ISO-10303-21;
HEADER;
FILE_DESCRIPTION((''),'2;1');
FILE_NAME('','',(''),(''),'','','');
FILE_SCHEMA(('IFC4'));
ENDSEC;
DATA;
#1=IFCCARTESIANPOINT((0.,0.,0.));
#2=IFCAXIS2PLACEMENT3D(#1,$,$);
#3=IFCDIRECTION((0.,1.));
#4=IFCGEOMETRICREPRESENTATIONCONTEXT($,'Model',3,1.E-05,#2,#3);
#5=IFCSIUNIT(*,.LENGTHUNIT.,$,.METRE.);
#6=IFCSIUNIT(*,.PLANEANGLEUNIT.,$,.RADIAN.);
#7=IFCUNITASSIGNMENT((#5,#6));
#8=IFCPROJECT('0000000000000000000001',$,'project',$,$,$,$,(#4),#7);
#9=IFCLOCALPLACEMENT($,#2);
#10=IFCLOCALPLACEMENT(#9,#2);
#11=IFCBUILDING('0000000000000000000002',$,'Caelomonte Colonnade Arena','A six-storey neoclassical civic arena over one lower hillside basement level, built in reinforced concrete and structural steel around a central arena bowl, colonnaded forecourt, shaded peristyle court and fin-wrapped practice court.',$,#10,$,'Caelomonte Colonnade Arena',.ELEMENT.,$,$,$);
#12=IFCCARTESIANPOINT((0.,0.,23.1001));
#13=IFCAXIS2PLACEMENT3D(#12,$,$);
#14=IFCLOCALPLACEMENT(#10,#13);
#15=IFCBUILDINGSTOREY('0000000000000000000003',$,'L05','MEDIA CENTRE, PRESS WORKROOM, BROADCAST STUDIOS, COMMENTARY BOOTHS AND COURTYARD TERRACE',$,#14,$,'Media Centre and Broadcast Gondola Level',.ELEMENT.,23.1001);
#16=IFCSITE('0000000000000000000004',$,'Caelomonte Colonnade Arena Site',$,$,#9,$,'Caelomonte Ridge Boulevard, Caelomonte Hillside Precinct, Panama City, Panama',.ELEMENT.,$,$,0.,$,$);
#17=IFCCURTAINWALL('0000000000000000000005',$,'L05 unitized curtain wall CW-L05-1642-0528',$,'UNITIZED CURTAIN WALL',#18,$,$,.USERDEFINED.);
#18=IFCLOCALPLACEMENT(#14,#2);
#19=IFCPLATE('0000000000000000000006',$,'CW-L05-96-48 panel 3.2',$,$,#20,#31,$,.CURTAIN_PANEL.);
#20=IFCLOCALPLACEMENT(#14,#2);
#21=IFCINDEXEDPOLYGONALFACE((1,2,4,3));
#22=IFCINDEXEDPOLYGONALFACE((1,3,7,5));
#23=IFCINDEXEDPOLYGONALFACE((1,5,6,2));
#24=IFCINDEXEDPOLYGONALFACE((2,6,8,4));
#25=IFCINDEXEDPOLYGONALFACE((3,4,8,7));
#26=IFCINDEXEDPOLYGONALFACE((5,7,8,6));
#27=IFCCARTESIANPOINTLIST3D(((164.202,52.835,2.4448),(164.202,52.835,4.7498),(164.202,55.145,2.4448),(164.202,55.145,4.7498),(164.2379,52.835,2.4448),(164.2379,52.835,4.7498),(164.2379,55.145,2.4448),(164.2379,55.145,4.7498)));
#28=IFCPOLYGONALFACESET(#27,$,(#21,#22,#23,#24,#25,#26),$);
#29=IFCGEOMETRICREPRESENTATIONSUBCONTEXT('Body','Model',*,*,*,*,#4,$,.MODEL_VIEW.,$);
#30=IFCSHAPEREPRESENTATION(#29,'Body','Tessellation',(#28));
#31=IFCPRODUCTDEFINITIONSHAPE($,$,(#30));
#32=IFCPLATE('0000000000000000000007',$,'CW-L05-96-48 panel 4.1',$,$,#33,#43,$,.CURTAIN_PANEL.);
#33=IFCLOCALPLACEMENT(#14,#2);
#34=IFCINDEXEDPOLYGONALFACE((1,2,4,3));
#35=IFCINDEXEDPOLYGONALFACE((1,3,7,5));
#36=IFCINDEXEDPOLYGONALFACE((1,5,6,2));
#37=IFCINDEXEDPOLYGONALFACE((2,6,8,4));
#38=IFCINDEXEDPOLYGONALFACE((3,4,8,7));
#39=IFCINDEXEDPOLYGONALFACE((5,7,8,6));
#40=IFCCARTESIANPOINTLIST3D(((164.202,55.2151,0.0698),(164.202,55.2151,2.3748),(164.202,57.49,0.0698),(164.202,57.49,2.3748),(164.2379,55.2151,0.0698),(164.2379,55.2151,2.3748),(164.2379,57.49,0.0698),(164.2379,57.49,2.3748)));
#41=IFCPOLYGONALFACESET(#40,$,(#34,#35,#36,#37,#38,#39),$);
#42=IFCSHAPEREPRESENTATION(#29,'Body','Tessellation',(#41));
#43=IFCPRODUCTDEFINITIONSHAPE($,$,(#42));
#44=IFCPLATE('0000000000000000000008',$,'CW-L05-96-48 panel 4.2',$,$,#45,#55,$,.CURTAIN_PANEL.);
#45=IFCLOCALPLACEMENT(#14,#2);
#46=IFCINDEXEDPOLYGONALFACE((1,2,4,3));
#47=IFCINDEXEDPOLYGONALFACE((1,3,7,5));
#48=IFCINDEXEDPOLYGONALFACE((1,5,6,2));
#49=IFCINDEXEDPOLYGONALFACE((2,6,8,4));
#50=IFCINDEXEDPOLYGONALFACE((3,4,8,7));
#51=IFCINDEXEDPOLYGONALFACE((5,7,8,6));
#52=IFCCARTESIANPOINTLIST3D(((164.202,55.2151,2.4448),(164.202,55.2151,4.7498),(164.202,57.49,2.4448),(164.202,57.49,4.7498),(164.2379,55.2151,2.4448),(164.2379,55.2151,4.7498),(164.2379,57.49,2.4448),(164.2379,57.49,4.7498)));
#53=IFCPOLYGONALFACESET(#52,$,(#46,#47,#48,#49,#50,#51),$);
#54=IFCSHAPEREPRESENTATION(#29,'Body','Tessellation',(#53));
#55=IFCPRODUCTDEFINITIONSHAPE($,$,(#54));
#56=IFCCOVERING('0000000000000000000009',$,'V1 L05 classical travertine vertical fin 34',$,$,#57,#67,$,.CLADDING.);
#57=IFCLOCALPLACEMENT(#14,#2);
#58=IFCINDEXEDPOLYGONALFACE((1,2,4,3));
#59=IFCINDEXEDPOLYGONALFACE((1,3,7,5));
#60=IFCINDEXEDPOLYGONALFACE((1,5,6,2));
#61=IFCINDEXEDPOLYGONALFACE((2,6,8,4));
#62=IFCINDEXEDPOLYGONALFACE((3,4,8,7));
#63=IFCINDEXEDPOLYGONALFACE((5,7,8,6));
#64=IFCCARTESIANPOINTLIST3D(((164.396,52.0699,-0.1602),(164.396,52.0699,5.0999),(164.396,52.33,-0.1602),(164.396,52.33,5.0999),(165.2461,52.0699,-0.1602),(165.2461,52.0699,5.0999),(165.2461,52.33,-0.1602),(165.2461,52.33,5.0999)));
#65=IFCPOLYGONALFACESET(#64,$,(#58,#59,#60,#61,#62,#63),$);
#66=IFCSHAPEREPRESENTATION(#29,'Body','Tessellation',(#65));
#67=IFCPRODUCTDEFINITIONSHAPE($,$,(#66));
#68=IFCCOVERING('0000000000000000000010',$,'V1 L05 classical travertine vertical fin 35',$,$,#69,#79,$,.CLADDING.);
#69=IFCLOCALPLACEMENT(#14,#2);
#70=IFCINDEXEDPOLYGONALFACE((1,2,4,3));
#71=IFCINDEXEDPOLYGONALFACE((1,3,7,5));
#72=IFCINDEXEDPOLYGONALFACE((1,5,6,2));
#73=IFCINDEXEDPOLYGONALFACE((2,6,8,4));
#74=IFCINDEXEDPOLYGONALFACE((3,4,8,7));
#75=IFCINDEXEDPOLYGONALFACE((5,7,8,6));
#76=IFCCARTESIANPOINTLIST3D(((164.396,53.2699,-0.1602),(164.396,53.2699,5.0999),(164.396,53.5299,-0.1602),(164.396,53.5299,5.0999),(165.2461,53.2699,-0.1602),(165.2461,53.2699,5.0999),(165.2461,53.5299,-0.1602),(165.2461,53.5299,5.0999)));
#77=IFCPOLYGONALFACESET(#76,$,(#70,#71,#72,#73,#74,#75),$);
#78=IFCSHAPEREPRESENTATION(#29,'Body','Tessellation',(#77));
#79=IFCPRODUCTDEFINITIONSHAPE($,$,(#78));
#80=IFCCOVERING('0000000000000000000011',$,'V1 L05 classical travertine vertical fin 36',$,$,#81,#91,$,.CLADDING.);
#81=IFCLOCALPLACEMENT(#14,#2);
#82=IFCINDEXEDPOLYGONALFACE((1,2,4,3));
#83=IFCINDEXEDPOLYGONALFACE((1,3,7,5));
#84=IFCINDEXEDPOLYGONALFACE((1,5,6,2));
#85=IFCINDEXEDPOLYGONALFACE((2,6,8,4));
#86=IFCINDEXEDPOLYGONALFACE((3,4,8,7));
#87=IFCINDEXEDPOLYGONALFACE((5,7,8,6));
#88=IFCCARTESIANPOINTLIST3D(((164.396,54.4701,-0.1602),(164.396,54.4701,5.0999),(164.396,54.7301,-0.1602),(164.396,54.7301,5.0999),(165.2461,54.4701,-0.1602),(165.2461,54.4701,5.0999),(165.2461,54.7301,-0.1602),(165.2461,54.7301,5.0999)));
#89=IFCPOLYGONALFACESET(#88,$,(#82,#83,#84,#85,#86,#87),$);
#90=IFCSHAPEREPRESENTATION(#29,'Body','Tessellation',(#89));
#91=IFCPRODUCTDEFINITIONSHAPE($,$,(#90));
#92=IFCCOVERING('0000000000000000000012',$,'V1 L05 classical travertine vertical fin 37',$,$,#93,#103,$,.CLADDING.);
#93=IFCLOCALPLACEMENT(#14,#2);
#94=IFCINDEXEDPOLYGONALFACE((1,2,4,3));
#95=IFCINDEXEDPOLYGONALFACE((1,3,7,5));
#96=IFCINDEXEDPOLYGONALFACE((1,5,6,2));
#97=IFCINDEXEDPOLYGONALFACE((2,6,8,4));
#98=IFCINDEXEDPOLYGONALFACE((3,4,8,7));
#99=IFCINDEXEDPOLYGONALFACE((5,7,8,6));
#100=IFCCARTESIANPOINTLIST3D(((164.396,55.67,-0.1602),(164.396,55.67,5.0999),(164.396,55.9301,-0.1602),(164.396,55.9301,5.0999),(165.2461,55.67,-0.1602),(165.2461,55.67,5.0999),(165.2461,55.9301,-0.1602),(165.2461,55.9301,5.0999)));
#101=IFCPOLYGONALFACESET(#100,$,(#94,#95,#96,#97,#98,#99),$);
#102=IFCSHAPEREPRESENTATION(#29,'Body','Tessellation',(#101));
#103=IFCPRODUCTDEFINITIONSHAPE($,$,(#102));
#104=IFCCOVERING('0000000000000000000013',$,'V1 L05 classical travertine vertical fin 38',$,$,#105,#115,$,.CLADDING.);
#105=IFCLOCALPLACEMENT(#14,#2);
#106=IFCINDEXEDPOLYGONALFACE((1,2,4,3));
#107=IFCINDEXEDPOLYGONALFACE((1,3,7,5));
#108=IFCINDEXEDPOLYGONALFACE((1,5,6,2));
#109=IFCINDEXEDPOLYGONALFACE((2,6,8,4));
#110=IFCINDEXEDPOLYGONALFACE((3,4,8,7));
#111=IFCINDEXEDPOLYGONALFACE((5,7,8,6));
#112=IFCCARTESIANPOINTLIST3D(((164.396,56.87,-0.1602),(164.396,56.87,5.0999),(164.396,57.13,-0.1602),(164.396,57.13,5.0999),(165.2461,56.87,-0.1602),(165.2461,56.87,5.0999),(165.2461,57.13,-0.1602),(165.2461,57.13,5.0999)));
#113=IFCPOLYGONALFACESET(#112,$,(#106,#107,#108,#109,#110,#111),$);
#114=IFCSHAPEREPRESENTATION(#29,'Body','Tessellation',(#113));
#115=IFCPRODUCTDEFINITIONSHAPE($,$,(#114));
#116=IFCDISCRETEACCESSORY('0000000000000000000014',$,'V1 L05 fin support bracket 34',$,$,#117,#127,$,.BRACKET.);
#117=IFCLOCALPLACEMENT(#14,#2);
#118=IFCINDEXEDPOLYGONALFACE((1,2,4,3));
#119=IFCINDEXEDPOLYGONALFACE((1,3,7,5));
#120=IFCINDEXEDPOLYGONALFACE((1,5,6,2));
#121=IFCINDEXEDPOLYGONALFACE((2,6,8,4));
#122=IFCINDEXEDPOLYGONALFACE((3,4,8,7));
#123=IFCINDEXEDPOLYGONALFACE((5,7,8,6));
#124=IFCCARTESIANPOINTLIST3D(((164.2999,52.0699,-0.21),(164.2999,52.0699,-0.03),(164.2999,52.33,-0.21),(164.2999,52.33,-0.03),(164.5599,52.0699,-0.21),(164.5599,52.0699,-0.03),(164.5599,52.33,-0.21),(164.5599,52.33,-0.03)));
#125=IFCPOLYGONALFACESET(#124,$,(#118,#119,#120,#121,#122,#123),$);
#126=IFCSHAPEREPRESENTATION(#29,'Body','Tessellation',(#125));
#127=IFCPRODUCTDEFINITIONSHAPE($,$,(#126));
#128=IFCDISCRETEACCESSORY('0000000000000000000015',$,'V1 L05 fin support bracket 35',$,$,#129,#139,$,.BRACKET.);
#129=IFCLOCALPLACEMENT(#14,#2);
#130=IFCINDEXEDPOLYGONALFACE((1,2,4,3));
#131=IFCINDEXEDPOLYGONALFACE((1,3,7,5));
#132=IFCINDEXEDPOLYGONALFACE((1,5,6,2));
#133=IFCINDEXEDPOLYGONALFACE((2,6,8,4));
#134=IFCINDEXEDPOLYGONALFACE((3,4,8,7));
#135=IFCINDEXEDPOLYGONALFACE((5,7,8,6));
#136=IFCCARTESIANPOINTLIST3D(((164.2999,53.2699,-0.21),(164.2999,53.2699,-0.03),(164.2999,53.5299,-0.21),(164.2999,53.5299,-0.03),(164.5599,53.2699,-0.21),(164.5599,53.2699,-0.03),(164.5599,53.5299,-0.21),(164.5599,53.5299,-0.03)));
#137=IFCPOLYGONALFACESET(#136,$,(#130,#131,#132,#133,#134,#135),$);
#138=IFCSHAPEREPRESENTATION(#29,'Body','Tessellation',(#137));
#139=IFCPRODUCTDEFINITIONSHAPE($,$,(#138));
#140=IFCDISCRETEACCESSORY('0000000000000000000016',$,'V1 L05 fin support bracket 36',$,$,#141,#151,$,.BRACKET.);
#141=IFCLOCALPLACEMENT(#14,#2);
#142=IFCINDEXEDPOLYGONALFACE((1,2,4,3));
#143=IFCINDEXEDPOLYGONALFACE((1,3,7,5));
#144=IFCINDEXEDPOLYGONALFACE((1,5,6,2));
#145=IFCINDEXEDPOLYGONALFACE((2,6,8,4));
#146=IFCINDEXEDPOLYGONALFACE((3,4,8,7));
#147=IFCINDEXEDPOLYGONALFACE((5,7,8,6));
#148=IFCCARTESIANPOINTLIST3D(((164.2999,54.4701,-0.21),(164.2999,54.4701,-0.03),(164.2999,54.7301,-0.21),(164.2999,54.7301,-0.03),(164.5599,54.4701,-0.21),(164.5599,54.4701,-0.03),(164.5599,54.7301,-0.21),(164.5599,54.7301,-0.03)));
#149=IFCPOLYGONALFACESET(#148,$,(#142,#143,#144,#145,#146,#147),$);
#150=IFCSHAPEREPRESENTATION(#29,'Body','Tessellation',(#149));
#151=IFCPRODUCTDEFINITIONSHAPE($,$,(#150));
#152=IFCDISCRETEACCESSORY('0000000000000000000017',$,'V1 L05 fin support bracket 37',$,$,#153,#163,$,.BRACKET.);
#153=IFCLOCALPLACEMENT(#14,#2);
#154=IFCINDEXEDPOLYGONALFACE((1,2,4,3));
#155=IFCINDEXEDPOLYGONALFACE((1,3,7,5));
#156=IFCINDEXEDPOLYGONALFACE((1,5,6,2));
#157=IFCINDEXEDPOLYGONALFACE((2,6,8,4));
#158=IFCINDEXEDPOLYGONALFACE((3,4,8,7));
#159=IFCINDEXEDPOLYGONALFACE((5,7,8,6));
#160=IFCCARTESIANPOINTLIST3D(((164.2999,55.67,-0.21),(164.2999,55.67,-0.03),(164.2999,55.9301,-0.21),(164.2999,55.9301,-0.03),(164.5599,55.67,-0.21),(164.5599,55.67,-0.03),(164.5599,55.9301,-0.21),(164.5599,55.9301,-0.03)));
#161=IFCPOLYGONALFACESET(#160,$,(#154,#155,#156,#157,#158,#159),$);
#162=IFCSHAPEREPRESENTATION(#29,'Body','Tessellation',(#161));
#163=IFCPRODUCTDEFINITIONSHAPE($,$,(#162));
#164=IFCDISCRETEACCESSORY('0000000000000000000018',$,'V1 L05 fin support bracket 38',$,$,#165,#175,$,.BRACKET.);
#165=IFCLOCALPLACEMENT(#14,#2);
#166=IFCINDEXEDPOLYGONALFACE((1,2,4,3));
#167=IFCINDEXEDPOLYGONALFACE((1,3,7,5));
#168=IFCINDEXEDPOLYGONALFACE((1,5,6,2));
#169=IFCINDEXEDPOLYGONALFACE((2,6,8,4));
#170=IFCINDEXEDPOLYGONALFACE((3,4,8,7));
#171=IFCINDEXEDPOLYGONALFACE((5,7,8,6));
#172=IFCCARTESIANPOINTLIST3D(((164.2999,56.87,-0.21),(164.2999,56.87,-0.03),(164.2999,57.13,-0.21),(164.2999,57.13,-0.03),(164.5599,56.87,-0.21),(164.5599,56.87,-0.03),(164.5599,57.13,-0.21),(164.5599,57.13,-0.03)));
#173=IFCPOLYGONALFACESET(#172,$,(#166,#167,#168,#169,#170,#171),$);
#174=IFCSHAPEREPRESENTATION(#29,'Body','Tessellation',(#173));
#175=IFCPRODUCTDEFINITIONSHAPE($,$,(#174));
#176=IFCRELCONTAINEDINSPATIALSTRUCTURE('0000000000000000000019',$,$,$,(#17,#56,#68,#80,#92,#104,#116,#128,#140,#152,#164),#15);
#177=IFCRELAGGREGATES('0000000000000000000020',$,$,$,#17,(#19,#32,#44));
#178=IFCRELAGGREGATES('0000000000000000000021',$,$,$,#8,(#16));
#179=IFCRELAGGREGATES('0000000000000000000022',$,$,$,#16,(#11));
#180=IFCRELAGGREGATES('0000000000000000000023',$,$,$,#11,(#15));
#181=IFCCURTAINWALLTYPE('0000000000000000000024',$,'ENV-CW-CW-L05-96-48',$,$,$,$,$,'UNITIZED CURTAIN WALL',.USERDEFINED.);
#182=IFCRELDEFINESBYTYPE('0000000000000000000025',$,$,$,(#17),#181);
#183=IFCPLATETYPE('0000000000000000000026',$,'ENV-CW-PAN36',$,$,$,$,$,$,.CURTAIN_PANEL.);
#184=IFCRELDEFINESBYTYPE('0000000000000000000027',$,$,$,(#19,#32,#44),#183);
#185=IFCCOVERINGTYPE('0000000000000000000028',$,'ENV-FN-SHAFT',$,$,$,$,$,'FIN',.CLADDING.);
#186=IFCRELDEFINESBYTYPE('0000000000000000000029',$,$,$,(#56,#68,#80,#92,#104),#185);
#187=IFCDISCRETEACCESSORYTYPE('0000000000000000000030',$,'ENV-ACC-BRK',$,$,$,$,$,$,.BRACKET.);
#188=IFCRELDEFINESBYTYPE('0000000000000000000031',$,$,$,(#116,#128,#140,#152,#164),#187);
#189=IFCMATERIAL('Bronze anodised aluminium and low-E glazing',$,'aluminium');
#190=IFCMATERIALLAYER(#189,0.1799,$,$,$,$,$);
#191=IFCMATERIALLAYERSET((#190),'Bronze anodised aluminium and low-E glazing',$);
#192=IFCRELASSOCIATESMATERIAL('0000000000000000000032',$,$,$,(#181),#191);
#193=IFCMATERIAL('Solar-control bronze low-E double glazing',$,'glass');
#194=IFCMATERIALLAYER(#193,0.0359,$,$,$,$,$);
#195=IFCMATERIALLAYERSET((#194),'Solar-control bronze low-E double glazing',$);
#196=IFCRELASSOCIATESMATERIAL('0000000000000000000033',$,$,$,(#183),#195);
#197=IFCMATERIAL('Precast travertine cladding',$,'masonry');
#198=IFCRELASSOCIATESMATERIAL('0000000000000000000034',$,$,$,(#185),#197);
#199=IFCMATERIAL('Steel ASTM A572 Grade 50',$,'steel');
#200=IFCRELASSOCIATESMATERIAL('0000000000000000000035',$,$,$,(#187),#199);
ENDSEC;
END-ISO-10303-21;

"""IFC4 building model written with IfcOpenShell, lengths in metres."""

from ifc_helpers import new_model, si_unit, direction, frame, origin, origin_2d, place, context, subcontext, project, spatial, rectangle, extrude, material, layer, layer_set, material_profile, profile_set, type_object, element, aggregate, save


model = new_model("IFC4")

# Units and contexts
model_context = context("Model", 3, precision=1e-05, world=origin(), true_north=direction((0.0, 1.0)))
body_context = subcontext(model_context, "Body", "Model", "MODEL_VIEW")
ifc_project = project(units=[si_unit("LENGTHUNIT", "METRE"), si_unit("PLANEANGLEUNIT", "RADIAN")], contexts=[model_context])

# Site, building, storey
site_placement = place(None, origin())
site = spatial("IfcSite", under=ifc_project, at=site_placement, Name="Caelomonte Colonnade Arena Site", LongName="Caelomonte Ridge Boulevard, Caelomonte Hillside Precinct, Panama City, Panama", CompositionType="ELEMENT", RefElevation=0.0)
building_placement = place(site_placement, origin())
building = spatial("IfcBuilding", under=site, at=building_placement, Name="Caelomonte Colonnade Arena", Description="A six-storey neoclassical civic arena over one lower hillside basement level, built in reinforced concrete and structural steel around a central arena bowl, colonnaded forecourt, shaded peristyle court and fin-wrapped practice court.", LongName="Caelomonte Colonnade Arena", CompositionType="ELEMENT")
storey_placement = place(building_placement, frame((0.0, 0.0, 23.1001)))
storey = spatial("IfcBuildingStorey", under=building, at=storey_placement, Name="L05", Description="MEDIA CENTRE, PRESS WORKROOM, BROADCAST STUDIOS, COMMENTARY BOOTHS AND COURTYARD TERRACE", LongName="Media Centre and Broadcast Gondola Level", CompositionType="ELEMENT", Elevation=23.1001)

# Curtain wall
ifc_material_1 = material(Name="Bronze anodised aluminium and low-E glazing", Category="aluminium")
ifc_layer_1 = layer(ifc_material_1, 0.1799)
ifc_layer_set_1 = layer_set([ifc_layer_1], Name="Bronze anodised aluminium and low-E glazing")
curtain_wall_type = type_object("IfcCurtainWallType", Name="ENV-CW-CW-L05-96-48", ElementType="UNITIZED CURTAIN WALL", PredefinedType="USERDEFINED", material=ifc_layer_set_1)
curtain_wall_1_placement = place(storey_placement, origin())
curtain_wall_1 = element("IfcCurtainWall", 1, at=curtain_wall_1_placement, inside=storey, type_object=curtain_wall_type, Name="L05 unitized curtain wall CW-L05-1642-0528", ObjectType="UNITIZED CURTAIN WALL", PredefinedType="USERDEFINED")

# Plates
ifc_material_2 = material(Name="Solar-control bronze low-E double glazing", Category="glass")
ifc_layer_2 = layer(ifc_material_2, 0.0359)
ifc_layer_set_2 = layer_set([ifc_layer_2], Name="Solar-control bronze low-E double glazing")
plate_type = type_object("IfcPlateType", Name="ENV-CW-PAN36", PredefinedType="CURTAIN_PANEL", material=ifc_layer_set_2)
plate_1_placement = place(storey_placement, frame((164.22, 53.99, 2.4448), z_axis=(0.0, 0.0, 1.0), x_axis=(0.0, 1.0, 0.0)))
plate_1 = element("IfcPlate", 2, at=plate_1_placement, type_object=plate_type, Name="CW-L05-96-48 panel 3.2", PredefinedType="CURTAIN_PANEL", context=body_context, shape_type="SweptSolid", body=[
    extrude(rectangle(XDim=2.3101, YDim=0.0359, at=origin_2d()), origin(), (0.0, 0.0, 1.0), 2.3049),
])
plate_2_placement = place(storey_placement, frame((164.22, 56.3525, 0.0698), z_axis=(0.0, 0.0, 1.0), x_axis=(0.0, 1.0, 0.0)))
plate_2 = element("IfcPlate", 3, at=plate_2_placement, type_object=plate_type, Name="CW-L05-96-48 panel 4.1", PredefinedType="CURTAIN_PANEL", context=body_context, shape_type="SweptSolid", body=[
    extrude(rectangle(XDim=2.2749, YDim=0.0359, at=origin_2d()), origin(), (0.0, 0.0, 1.0), 2.3049),
])
plate_3_placement = place(storey_placement, frame((164.22, 56.3525, 2.4448), z_axis=(0.0, 0.0, 1.0), x_axis=(0.0, 1.0, 0.0)))
plate_3 = element("IfcPlate", 4, at=plate_3_placement, type_object=plate_type, Name="CW-L05-96-48 panel 4.2", PredefinedType="CURTAIN_PANEL", context=body_context, shape_type="SweptSolid", body=[
    extrude(rectangle(XDim=2.2749, YDim=0.0359, at=origin_2d()), origin(), (0.0, 0.0, 1.0), 2.3049),
])
aggregate(curtain_wall_1, [plate_1, plate_2, plate_3])

# Coverings
ifc_material_3 = material(Name="Precast travertine cladding", Category="masonry")
ifc_material_profile_1 = material_profile(ifc_material_3, rectangle(XDim=0.26, YDim=0.8501, at=origin_2d()), Name="FIN260X850")
ifc_profile_set_1 = profile_set([ifc_material_profile_1], Name="Precast travertine cladding")
covering_type = type_object("IfcCoveringType", Name="ENV-FN-SHAFT", ElementType="FIN", PredefinedType="CLADDING", material=ifc_profile_set_1)
for number, where, z_axis, x_axis, name in (
    (5, (164.821, 52.2, -0.1602), (0.0, 0.0, 1.0), (0.0, -1.0, 0.0), "V1 L05 classical travertine vertical fin 34"),
    (6, (164.821, 53.3999, -0.1602), (0.0, 0.0, 1.0), (0.0, -1.0, 0.0), "V1 L05 classical travertine vertical fin 35"),
    (7, (164.821, 54.6001, -0.1602), (0.0, 0.0, 1.0), (0.0, -1.0, 0.0), "V1 L05 classical travertine vertical fin 36"),
    (8, (164.821, 55.8, -0.1602), (0.0, 0.0, 1.0), (0.0, -1.0, 0.0), "V1 L05 classical travertine vertical fin 37"),
    (9, (164.821, 57.0, -0.1602), (0.0, 0.0, 1.0), (0.0, -1.0, 0.0), "V1 L05 classical travertine vertical fin 38"),
):
    element("IfcCovering", number, at=place(storey_placement, frame(where, z_axis=z_axis, x_axis=x_axis)), inside=storey, type_object=covering_type, Name=name, PredefinedType="CLADDING", context=body_context, shape_type="SweptSolid", body=[
        extrude(rectangle(XDim=0.26, YDim=0.8501, at=origin_2d()), origin(), (0.0, 0.0, 1.0), 5.26),
    ])

# Discrete accessories
ifc_material_4 = material(Name="Steel ASTM A572 Grade 50", Category="steel")
discrete_accessory_type = type_object("IfcDiscreteAccessoryType", Name="ENV-ACC-BRK", PredefinedType="BRACKET", material=ifc_material_4)
for number, where, z_axis, x_axis, name in (
    (10, (164.4299, 52.2, -0.21), (0.0, 0.0, 1.0), (0.0, 1.0, 0.0), "V1 L05 fin support bracket 34"),
    (11, (164.4299, 53.3999, -0.21), (0.0, 0.0, 1.0), (0.0, 1.0, 0.0), "V1 L05 fin support bracket 35"),
    (12, (164.4299, 54.6001, -0.21), (0.0, 0.0, 1.0), (0.0, 1.0, 0.0), "V1 L05 fin support bracket 36"),
    (13, (164.4299, 55.8, -0.21), (0.0, 0.0, 1.0), (0.0, 1.0, 0.0), "V1 L05 fin support bracket 37"),
    (14, (164.4299, 57.0, -0.21), (0.0, 0.0, 1.0), (0.0, 1.0, 0.0), "V1 L05 fin support bracket 38"),
):
    element("IfcDiscreteAccessory", number, at=place(storey_placement, frame(where, z_axis=z_axis, x_axis=x_axis)), inside=storey, type_object=discrete_accessory_type, Name=name, PredefinedType="BRACKET", context=body_context, shape_type="SweptSolid", body=[
        extrude(rectangle(XDim=0.26, YDim=0.26, at=origin_2d()), origin(), (0.0, 0.0, 1.0), 0.1799),
    ])

save(model, "model.ifc")
